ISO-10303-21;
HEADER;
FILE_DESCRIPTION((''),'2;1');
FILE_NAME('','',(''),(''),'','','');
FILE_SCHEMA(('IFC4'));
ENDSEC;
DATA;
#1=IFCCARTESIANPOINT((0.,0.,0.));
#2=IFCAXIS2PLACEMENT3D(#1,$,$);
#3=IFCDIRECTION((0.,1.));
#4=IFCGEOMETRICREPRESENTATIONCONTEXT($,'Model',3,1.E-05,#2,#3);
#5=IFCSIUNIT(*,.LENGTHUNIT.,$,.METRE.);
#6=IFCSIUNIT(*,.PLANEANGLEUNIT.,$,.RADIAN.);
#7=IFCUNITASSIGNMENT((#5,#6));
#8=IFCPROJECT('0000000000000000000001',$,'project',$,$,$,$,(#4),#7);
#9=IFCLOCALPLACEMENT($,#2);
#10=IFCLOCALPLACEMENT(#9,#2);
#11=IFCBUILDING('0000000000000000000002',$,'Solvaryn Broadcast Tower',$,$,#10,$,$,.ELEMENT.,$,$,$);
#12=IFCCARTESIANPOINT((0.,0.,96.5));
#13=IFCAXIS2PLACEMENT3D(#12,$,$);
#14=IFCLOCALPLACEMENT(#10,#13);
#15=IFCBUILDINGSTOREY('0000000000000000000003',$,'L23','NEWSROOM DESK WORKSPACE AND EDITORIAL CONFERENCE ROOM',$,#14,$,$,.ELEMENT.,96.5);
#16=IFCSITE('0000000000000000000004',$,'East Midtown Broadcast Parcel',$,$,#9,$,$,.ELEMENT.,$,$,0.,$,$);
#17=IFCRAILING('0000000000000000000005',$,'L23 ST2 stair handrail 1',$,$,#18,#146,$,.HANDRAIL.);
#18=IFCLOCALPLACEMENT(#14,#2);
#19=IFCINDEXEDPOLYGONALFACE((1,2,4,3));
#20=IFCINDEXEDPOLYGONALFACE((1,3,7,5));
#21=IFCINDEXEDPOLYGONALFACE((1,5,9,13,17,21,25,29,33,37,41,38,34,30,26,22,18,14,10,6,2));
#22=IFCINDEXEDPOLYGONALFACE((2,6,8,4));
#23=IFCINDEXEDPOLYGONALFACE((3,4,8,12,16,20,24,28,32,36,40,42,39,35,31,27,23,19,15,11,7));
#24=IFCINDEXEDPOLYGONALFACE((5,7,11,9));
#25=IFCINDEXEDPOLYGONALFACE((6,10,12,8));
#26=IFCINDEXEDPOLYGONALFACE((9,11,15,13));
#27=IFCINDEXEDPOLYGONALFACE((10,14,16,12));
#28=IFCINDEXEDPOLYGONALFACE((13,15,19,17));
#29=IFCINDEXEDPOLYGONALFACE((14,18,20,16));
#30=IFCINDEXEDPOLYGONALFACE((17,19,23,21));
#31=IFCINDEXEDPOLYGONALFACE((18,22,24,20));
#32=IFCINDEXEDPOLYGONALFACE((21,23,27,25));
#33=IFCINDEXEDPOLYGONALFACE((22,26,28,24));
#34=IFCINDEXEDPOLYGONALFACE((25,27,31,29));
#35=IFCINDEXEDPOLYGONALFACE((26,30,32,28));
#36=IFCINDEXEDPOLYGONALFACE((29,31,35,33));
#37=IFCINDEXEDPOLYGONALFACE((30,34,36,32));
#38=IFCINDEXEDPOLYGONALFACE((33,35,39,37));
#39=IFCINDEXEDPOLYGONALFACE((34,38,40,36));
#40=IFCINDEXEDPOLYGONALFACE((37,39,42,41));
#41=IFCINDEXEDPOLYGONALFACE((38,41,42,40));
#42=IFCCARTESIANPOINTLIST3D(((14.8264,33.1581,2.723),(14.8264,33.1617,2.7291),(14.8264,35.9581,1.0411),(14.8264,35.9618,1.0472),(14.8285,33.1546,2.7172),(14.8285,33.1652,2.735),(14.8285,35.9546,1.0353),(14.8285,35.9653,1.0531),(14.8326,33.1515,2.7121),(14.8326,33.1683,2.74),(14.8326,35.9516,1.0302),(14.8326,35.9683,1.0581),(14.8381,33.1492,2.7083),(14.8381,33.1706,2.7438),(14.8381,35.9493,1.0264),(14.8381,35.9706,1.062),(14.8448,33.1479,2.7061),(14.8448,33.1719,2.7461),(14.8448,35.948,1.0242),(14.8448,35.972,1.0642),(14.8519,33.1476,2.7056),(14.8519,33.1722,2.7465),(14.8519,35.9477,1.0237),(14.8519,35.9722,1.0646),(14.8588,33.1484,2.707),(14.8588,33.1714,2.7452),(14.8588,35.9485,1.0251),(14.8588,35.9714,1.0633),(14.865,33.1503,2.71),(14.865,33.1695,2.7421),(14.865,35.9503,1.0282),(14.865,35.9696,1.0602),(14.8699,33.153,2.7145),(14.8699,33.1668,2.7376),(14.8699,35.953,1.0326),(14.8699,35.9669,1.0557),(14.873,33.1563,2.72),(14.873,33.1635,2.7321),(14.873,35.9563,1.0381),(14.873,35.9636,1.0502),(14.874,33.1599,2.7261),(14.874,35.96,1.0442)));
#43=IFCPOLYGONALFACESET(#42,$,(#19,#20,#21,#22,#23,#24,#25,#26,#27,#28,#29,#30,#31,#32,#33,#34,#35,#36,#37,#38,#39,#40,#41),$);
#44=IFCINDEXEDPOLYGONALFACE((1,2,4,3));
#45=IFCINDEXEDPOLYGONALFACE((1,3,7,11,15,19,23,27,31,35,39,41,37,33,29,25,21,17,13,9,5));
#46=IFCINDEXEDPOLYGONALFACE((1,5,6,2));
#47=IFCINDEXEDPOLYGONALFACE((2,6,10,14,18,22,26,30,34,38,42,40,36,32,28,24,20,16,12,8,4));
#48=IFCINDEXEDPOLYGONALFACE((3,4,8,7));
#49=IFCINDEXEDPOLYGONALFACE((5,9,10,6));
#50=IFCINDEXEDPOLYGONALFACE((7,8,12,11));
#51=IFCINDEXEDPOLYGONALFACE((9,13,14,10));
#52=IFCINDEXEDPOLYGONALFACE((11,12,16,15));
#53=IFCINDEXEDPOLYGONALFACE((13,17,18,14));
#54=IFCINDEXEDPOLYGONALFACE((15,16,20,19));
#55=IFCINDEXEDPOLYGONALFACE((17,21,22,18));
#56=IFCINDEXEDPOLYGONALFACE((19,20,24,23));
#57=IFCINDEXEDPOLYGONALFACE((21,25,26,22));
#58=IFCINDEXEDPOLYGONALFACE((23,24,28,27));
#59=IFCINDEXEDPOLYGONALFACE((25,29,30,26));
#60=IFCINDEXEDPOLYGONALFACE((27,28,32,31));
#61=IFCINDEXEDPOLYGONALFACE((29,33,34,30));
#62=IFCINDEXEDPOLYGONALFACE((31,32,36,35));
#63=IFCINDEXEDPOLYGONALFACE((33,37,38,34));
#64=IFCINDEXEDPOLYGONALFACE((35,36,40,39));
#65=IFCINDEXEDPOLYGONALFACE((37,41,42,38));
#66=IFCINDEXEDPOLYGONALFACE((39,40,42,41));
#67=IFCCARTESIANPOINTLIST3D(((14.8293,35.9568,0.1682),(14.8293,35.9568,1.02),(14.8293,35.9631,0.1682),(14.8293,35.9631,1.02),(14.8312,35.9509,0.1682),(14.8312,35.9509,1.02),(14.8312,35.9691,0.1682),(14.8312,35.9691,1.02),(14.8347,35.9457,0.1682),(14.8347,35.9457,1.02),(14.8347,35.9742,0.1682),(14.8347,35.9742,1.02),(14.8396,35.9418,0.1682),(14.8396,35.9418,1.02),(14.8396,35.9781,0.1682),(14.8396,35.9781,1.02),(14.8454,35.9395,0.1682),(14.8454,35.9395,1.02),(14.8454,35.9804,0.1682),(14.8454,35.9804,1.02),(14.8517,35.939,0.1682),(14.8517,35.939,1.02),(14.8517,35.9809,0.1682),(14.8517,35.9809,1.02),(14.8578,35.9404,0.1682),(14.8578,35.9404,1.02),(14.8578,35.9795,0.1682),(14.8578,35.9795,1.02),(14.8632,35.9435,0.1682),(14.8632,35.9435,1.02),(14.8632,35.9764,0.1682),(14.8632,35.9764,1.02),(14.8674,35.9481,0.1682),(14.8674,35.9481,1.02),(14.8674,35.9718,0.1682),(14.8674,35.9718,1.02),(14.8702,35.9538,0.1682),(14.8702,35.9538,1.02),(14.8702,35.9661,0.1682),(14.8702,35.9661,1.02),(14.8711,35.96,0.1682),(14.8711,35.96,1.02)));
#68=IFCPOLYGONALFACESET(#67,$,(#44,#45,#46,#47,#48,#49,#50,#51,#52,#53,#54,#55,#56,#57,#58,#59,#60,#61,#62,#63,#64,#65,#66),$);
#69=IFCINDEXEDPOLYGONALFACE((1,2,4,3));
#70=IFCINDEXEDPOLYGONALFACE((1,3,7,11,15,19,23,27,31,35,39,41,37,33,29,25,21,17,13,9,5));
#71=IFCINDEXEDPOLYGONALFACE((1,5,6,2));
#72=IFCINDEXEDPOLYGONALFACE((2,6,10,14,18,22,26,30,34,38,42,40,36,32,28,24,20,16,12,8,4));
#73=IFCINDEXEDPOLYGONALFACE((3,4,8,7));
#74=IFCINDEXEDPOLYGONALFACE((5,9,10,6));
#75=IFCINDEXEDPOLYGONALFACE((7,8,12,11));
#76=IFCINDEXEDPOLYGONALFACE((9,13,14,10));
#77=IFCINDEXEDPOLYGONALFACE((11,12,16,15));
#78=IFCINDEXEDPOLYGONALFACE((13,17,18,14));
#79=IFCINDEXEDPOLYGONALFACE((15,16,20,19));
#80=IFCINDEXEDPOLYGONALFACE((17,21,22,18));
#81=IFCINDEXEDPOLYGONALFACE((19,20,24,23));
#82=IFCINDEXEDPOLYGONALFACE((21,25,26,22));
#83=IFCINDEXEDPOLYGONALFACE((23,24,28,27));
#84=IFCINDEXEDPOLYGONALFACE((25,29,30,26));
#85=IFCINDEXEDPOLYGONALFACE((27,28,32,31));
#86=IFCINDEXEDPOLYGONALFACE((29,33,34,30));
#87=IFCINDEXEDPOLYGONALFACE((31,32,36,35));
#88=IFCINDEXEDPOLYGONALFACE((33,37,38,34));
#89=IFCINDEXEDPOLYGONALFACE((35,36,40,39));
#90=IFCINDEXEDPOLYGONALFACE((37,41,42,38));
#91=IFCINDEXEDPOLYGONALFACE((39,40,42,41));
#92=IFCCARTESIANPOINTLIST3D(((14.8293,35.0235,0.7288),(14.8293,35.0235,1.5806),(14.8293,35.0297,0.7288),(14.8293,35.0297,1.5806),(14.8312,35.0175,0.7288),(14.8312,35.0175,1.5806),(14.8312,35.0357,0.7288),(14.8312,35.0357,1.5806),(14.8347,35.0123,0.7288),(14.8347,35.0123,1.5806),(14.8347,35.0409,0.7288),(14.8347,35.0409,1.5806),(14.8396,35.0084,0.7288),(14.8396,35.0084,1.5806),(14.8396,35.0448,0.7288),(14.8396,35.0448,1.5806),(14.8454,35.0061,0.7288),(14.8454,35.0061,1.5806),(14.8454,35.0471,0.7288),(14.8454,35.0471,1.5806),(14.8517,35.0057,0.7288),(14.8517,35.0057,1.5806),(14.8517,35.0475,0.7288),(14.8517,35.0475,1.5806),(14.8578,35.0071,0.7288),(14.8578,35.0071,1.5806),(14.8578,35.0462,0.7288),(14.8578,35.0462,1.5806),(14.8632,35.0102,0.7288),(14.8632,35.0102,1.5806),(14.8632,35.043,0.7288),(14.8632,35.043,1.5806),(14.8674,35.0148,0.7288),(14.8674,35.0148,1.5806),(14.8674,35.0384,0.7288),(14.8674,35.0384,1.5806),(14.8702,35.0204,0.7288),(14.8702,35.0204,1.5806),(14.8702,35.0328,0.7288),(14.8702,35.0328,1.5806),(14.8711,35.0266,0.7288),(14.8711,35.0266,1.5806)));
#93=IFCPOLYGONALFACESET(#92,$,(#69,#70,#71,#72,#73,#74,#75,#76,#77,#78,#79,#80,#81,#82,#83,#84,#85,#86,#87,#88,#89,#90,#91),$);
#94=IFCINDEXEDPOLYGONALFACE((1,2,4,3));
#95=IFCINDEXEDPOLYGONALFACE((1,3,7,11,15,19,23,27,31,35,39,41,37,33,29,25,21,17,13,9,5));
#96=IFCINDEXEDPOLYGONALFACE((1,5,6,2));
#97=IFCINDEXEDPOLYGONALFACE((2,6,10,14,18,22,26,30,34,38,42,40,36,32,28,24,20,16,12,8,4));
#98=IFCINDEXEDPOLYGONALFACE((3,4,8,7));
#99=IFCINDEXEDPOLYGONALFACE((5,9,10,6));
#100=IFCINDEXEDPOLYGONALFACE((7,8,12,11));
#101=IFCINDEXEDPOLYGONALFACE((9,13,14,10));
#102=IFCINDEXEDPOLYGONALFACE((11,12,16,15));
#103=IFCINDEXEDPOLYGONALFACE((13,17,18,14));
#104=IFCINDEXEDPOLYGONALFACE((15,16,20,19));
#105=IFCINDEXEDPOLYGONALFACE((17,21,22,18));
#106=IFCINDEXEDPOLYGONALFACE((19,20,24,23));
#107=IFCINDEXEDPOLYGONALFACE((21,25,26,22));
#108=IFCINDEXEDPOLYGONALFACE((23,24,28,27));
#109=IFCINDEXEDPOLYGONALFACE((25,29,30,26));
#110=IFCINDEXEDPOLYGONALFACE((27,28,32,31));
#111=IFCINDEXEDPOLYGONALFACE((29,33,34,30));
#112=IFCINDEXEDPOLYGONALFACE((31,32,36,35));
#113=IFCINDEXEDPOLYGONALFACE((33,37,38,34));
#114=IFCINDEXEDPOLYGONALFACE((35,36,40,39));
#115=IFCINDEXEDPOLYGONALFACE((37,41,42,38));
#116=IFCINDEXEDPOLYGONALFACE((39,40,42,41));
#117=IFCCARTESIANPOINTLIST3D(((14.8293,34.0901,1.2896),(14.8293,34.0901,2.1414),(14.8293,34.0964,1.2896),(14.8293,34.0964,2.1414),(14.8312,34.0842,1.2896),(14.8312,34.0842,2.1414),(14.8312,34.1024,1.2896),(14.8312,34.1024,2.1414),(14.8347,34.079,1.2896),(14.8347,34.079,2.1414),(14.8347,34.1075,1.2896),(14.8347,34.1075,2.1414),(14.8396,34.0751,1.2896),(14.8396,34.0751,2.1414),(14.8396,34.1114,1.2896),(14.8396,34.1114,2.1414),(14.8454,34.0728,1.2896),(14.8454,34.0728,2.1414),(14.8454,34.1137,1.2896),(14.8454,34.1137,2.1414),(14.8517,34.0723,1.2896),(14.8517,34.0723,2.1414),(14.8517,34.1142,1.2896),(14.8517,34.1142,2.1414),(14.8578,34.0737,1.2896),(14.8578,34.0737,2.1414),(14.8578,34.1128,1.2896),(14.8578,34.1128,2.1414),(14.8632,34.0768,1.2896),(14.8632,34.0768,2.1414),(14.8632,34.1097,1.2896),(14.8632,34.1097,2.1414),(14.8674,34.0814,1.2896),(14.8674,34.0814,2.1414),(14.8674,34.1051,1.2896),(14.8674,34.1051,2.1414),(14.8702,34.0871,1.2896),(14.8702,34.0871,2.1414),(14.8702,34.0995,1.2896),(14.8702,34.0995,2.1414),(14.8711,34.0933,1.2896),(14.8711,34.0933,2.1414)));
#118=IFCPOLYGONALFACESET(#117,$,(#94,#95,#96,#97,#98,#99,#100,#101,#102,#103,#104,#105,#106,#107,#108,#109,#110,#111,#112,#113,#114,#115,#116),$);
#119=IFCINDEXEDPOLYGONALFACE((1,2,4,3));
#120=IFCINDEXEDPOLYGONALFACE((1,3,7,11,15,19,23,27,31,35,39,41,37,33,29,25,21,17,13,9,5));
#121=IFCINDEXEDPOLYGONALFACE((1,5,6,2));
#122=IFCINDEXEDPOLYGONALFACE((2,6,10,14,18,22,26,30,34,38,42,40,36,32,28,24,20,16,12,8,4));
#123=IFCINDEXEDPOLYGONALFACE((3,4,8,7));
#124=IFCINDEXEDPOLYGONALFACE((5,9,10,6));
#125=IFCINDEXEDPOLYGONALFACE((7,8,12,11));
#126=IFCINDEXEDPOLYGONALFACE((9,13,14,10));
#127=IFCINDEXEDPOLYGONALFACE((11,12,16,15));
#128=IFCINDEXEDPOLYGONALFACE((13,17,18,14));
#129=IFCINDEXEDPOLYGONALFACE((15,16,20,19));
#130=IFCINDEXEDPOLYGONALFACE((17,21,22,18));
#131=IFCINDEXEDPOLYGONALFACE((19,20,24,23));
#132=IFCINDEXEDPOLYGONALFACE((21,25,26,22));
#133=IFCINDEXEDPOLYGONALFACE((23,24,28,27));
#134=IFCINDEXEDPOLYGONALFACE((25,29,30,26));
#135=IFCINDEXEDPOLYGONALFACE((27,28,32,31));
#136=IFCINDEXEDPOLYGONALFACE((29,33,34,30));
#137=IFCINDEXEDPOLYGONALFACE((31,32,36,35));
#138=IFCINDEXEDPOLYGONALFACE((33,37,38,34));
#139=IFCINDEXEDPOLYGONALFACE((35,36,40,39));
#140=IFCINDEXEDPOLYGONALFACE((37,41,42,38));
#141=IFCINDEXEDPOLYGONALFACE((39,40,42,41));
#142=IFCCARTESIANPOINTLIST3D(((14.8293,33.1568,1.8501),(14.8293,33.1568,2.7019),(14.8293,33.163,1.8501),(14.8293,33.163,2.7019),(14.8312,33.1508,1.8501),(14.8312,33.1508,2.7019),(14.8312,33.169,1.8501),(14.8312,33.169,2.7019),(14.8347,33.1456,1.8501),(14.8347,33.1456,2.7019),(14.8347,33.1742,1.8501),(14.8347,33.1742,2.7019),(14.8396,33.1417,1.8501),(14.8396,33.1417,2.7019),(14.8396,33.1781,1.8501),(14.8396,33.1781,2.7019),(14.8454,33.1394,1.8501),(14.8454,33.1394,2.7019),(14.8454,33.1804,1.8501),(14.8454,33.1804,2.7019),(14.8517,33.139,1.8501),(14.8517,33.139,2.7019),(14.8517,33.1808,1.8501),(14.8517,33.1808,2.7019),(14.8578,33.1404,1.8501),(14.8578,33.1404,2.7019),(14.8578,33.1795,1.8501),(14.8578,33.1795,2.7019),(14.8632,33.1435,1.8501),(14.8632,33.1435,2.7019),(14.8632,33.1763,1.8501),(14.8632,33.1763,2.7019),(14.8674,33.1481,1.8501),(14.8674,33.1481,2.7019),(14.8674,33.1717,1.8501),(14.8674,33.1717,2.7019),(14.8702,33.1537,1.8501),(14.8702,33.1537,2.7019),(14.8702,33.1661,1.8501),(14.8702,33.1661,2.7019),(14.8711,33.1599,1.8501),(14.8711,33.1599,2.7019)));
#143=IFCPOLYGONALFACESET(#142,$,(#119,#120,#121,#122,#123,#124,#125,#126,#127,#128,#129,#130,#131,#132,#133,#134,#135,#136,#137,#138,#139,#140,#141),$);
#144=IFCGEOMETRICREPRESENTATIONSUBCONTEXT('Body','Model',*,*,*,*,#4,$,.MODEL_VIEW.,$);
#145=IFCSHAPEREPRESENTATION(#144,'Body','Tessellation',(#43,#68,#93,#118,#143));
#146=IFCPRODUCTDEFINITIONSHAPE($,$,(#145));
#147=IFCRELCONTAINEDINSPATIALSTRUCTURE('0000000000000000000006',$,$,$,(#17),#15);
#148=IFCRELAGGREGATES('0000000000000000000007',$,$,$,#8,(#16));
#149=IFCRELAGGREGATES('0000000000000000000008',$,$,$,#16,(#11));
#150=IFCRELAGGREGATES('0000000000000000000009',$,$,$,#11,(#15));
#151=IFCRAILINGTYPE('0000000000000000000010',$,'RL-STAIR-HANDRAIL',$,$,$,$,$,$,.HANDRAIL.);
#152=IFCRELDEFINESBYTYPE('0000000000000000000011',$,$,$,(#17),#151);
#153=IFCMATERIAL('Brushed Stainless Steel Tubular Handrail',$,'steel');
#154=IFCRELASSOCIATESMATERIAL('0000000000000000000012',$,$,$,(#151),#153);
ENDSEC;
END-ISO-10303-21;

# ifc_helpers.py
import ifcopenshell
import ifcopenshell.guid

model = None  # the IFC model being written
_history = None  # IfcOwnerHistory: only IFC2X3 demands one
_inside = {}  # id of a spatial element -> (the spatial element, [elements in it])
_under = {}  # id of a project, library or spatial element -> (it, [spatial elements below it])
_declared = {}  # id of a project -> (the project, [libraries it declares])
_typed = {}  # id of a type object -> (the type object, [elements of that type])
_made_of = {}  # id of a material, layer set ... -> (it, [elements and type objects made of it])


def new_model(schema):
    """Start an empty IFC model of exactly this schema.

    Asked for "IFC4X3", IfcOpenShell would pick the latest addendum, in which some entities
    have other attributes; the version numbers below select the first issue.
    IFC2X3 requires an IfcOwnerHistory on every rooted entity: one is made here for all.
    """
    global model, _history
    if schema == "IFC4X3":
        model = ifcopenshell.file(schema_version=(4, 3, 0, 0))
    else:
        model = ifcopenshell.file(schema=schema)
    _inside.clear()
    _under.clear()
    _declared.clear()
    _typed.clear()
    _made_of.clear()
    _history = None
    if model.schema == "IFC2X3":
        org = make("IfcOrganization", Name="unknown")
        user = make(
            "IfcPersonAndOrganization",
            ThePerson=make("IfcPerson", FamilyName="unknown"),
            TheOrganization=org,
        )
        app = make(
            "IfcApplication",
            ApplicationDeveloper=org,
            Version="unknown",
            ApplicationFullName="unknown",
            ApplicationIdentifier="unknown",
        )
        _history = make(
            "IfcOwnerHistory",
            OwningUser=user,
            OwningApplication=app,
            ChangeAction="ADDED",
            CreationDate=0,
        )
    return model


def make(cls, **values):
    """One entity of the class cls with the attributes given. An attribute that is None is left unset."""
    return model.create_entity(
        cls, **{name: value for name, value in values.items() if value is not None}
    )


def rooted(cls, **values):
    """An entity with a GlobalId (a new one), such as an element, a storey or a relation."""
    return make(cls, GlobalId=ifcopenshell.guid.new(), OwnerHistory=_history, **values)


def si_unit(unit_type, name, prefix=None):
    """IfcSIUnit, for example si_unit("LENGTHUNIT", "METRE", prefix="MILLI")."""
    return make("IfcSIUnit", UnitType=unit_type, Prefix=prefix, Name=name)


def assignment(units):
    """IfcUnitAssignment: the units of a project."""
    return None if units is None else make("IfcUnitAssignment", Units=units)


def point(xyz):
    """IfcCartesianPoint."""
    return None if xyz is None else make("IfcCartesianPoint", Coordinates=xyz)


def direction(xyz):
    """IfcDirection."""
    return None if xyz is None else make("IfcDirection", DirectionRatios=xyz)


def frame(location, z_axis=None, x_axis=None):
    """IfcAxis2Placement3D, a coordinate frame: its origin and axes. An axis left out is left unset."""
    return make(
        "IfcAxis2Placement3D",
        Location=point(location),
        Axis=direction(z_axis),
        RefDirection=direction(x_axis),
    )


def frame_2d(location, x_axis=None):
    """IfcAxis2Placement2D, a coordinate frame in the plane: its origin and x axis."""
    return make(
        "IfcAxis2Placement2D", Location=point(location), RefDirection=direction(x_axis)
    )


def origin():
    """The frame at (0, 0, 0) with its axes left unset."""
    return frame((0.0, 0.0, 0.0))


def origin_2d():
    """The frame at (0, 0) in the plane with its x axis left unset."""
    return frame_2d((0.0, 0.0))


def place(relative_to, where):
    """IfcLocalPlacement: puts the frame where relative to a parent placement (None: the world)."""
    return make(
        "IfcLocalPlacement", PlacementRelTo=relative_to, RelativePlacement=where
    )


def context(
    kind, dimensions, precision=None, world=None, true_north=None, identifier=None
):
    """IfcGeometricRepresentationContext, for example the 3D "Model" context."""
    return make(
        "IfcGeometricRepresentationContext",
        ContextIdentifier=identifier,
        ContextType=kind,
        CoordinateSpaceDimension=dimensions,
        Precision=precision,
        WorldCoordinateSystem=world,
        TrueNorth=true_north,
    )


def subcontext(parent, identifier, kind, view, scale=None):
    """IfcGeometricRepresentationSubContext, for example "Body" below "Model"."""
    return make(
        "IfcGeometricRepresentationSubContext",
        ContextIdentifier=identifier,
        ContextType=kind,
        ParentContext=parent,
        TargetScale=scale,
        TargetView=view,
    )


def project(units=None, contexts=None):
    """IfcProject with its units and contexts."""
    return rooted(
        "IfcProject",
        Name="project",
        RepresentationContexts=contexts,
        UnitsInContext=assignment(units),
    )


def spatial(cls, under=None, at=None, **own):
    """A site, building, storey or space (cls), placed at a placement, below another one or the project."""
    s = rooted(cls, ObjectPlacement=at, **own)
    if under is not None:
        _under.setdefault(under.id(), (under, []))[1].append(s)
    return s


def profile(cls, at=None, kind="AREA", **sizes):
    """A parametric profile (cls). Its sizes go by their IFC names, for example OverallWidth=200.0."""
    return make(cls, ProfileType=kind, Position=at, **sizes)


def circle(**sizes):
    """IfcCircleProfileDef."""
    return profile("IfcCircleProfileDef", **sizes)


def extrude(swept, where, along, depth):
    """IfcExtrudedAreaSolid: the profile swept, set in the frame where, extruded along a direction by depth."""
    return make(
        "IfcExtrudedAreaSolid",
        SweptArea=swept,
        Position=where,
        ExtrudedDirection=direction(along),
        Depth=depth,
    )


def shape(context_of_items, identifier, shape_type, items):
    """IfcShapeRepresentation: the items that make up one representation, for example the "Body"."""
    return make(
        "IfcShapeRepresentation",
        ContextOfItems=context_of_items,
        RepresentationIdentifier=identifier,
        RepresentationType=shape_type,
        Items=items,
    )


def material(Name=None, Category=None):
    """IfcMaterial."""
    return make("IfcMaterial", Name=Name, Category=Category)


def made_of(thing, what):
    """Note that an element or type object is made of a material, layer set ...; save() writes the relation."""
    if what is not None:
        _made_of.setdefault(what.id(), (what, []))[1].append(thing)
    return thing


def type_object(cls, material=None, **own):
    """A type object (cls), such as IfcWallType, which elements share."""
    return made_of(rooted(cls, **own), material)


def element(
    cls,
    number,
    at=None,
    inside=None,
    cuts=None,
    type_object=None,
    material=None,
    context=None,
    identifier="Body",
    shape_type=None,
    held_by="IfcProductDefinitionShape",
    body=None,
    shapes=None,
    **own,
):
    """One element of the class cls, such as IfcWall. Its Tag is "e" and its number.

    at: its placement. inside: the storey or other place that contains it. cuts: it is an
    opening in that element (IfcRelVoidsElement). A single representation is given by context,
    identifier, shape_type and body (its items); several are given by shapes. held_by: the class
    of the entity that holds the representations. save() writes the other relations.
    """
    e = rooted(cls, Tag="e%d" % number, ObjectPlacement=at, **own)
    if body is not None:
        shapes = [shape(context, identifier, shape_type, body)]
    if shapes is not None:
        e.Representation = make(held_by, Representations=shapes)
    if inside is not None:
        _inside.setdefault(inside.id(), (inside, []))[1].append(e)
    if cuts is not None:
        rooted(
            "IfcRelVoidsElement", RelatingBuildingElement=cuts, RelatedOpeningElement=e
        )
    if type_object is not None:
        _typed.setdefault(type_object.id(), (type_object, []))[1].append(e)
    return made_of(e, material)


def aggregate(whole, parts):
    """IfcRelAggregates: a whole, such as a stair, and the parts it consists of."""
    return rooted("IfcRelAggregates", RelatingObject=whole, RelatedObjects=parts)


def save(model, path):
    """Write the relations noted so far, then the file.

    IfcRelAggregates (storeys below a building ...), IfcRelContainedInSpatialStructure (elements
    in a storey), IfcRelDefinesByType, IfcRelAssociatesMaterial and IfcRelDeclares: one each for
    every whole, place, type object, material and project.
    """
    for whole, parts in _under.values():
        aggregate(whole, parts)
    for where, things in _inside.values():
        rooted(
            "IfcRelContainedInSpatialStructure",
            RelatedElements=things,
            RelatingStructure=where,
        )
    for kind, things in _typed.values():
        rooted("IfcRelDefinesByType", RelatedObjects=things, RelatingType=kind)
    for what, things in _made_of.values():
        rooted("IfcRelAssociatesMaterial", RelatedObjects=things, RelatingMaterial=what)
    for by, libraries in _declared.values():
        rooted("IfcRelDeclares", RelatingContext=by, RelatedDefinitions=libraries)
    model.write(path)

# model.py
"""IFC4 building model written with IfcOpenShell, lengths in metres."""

from ifc_helpers import new_model, si_unit, direction, frame, origin, origin_2d, place, context, subcontext, project, spatial, circle, extrude, material, type_object, element, save


model = new_model("IFC4")

# Units and contexts
model_context = context("Model", 3, precision=1e-05, world=origin(), true_north=direction((0.0, 1.0)))
body_context = subcontext(model_context, "Body", "Model", "MODEL_VIEW")
ifc_project = project(units=[si_unit("LENGTHUNIT", "METRE"), si_unit("PLANEANGLEUNIT", "RADIAN")], contexts=[model_context])

# Site, building, storey
site_placement = place(None, origin())
site = spatial("IfcSite", under=ifc_project, at=site_placement, Name="East Midtown Broadcast Parcel", CompositionType="ELEMENT", RefElevation=0.0)
building_placement = place(site_placement, origin())
building = spatial("IfcBuilding", under=site, at=building_placement, Name="Solvaryn Broadcast Tower", CompositionType="ELEMENT")
storey_placement = place(building_placement, frame((0.0, 0.0, 96.5)))
storey = spatial("IfcBuildingStorey", under=building, at=storey_placement, Name="L23", Description="NEWSROOM DESK WORKSPACE AND EDITORIAL CONFERENCE ROOM", CompositionType="ELEMENT", Elevation=96.5)

# Railing
ifc_material_1 = material(Name="Brushed Stainless Steel Tubular Handrail", Category="steel")
railing_type_1 = type_object("IfcRailingType", Name="RL-STAIR-HANDRAIL", PredefinedType="HANDRAIL", material=ifc_material_1)
railing_1_placement = place(storey_placement, frame((14.8501, 35.96, 0.1682)))
element("IfcRailing", 1, at=railing_1_placement, inside=storey, type_object=railing_type_1, Name="L23 ST2 stair handrail 1", PredefinedType="HANDRAIL", context=body_context, shape_type="SweptSolid", body=[
    extrude(circle(Radius=0.0239, at=origin_2d()), frame((0.0, 0.0, 0.876), z_axis=(0.0, -0.857242, 0.514913), x_axis=(1.0, 0.0, 0.0)), (0.0, 0.0, 1.0), 3.2664),
    extrude(circle(Radius=0.021, at=origin_2d()), origin(), (0.0, 0.0, 1.0), 0.8518),
    extrude(circle(Radius=0.021, at=origin_2d()), frame((0.0, -0.9333, 0.5605)), (0.0, 0.0, 1.0), 0.8518),
    extrude(circle(Radius=0.021, at=origin_2d()), frame((0.0, -1.8667, 1.1213)), (0.0, 0.0, 1.0), 0.8518),
    extrude(circle(Radius=0.021, at=origin_2d()), frame((0.0, -2.8, 1.6819)), (0.0, 0.0, 1.0), 0.8518),
])

save(model, "model.ifc")
